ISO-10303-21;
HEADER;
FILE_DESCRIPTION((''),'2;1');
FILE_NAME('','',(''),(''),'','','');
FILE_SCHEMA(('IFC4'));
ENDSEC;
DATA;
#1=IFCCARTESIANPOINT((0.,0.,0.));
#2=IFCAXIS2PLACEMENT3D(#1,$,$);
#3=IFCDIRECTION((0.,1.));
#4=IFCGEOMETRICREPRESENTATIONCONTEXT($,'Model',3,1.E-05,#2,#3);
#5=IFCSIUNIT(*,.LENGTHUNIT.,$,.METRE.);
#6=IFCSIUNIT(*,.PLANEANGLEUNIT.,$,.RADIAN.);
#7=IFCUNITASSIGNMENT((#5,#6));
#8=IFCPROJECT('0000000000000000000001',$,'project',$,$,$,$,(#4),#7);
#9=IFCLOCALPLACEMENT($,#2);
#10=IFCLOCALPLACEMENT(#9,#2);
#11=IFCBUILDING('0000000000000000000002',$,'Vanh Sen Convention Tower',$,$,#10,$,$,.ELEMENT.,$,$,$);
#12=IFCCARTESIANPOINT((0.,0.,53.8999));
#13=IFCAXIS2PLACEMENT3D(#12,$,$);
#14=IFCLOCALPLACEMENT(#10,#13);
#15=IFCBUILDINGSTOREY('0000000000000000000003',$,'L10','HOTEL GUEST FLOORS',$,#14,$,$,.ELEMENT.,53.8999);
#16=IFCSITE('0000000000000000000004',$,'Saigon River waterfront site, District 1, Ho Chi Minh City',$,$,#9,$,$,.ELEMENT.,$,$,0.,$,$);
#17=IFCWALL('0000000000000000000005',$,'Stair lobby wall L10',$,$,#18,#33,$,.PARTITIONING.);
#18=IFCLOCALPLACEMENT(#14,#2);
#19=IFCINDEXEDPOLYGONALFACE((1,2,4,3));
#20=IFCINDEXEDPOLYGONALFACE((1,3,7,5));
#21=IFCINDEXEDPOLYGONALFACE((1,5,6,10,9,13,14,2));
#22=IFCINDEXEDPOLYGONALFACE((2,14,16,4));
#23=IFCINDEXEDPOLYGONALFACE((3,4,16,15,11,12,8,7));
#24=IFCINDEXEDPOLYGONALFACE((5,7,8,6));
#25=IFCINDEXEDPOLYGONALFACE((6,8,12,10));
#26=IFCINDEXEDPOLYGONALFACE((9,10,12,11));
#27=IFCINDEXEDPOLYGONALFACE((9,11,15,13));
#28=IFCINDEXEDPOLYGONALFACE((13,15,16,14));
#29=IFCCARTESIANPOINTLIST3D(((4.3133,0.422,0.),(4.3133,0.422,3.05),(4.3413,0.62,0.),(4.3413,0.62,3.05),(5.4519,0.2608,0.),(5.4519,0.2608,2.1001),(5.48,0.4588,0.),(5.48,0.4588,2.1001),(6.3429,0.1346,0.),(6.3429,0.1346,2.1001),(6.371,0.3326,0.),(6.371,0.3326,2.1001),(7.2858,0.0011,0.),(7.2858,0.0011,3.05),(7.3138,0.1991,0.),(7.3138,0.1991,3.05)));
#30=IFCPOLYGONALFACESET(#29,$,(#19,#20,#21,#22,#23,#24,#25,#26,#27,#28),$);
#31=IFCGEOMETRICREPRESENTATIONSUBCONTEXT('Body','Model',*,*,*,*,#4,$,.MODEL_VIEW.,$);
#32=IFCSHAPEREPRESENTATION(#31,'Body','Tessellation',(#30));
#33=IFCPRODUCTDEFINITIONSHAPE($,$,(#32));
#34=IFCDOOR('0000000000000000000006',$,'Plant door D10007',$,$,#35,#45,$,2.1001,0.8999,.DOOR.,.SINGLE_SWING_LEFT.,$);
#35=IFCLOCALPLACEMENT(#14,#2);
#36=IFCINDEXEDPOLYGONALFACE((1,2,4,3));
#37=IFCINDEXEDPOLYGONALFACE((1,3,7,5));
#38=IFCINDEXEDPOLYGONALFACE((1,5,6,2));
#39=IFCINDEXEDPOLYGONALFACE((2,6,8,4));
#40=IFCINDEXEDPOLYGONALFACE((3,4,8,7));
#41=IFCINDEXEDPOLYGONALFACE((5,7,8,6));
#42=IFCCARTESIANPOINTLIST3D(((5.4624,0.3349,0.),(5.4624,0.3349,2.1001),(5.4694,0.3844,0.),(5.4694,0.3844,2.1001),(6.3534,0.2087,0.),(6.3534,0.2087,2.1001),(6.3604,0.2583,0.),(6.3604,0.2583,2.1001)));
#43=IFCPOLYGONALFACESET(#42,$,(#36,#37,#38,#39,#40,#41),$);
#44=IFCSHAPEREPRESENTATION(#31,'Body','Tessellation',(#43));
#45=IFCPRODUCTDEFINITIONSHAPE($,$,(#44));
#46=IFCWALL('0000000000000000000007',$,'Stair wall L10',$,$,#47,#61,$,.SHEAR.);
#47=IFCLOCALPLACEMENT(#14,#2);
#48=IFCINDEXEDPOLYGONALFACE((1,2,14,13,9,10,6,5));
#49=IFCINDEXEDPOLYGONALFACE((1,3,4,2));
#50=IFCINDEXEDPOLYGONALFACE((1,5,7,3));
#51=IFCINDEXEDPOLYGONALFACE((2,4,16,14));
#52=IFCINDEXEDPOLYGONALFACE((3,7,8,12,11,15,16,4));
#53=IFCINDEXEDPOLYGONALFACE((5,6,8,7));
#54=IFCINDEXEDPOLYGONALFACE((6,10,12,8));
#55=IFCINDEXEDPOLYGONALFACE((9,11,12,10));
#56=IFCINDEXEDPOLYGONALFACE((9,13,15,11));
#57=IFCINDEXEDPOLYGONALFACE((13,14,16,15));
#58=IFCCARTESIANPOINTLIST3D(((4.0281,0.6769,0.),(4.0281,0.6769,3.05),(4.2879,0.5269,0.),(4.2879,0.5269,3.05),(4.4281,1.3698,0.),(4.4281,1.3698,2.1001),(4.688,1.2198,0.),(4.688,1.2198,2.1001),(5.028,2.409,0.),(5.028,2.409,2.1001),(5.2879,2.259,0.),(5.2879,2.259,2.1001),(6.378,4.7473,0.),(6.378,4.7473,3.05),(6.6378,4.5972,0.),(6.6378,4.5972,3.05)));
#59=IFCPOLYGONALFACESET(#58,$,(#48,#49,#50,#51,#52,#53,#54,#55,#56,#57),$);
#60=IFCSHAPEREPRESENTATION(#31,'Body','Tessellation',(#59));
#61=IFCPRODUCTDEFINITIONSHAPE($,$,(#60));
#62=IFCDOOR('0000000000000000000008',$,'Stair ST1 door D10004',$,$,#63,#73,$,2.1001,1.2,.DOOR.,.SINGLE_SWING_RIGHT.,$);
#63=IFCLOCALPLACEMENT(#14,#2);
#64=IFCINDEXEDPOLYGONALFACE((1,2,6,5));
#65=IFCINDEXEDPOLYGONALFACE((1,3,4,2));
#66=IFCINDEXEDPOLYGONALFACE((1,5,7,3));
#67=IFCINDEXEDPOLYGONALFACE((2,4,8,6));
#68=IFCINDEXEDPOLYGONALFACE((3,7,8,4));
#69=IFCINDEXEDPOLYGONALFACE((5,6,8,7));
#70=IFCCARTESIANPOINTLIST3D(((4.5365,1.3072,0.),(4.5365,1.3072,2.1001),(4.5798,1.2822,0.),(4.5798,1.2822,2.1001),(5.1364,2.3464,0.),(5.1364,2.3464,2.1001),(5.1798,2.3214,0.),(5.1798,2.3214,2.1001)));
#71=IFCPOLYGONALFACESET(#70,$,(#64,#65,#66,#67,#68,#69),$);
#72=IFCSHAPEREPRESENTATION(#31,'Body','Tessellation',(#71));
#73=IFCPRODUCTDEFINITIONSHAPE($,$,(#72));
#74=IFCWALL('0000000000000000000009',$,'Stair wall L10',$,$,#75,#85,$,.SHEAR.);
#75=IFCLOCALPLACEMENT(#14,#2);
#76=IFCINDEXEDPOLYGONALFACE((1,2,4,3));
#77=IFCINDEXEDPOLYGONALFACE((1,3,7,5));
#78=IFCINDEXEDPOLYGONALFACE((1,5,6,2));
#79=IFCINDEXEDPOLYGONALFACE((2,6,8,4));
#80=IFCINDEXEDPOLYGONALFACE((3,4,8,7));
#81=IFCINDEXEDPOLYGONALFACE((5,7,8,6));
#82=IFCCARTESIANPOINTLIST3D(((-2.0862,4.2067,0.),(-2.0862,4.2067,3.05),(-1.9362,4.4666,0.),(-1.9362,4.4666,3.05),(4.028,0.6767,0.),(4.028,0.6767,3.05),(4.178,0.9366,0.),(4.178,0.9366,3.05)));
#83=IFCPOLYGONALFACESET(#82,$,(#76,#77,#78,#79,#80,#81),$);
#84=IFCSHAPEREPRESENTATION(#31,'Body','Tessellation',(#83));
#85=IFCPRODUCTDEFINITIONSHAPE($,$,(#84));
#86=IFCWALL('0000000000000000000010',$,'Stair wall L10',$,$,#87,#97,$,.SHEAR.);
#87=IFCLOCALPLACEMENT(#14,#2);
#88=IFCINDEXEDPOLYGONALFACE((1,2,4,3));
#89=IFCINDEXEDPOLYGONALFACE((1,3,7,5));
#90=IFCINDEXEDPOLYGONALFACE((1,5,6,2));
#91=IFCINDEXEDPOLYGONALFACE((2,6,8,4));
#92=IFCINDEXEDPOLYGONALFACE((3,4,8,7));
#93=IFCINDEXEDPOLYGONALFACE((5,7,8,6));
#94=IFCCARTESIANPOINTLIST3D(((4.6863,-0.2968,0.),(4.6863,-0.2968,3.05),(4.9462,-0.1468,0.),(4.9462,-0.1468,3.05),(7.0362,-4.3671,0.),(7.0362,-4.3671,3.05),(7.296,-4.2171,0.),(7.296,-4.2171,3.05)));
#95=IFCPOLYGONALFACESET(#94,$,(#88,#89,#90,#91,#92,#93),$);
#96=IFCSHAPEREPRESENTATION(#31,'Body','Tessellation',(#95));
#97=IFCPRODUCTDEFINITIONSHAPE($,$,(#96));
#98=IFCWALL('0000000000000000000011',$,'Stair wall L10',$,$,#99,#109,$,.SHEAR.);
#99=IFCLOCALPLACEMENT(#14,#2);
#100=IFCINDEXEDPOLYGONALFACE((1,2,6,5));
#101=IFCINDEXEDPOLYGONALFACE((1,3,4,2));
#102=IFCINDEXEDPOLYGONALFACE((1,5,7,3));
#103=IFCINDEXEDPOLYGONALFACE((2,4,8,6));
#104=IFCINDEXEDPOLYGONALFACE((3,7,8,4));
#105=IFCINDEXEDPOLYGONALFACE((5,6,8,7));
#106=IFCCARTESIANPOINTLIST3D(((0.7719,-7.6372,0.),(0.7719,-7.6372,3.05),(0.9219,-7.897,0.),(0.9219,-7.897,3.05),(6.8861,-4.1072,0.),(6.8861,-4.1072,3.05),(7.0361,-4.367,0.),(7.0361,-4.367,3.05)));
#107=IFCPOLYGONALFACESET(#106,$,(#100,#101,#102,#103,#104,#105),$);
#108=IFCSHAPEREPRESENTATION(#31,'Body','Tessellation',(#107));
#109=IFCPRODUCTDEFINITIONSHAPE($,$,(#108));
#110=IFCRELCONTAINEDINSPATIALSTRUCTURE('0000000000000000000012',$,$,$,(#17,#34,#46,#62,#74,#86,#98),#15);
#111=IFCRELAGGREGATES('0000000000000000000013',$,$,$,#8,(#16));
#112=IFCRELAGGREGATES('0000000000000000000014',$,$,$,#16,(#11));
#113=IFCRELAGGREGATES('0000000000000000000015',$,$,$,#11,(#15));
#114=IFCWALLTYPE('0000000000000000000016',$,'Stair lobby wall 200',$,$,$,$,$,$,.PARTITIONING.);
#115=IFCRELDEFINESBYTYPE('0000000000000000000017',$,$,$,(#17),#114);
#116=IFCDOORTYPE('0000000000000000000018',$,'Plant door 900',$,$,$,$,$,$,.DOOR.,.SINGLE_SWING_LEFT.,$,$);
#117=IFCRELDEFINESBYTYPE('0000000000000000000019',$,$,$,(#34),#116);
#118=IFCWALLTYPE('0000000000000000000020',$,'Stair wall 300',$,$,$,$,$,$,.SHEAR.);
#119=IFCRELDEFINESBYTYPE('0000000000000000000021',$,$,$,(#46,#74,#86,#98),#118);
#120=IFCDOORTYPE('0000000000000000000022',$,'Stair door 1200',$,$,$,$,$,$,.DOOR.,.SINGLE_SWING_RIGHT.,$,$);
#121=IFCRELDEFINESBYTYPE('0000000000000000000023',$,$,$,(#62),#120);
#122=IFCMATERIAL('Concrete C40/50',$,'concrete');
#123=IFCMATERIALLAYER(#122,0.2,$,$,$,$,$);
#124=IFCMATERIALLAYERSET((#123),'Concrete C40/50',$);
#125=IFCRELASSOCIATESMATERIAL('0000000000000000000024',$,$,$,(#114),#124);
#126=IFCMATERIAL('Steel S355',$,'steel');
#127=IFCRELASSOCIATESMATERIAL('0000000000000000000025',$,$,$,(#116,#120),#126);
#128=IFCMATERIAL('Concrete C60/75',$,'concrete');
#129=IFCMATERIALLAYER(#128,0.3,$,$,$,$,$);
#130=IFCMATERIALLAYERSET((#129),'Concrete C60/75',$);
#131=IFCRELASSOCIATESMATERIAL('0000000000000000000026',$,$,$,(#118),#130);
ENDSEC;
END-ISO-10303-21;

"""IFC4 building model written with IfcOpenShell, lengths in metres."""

from ifc_helpers import new_model, si_unit, direction, frame, frame_2d, origin, place, context, subcontext, project, spatial, rectangle, extrude, material, layer, layer_set, type_object, element, fill, save


model = new_model("IFC4")

# Units and contexts
model_context = context("Model", 3, precision=1e-05, world=origin(), true_north=direction((0.0, 1.0)))
body_context = subcontext(model_context, "Body", "Model", "MODEL_VIEW")
ifc_project = project(units=[si_unit("LENGTHUNIT", "METRE"), si_unit("PLANEANGLEUNIT", "RADIAN")], contexts=[model_context])

# Site, building, storey
site_placement = place(None, origin())
site = spatial("IfcSite", under=ifc_project, at=site_placement, Name="Saigon River waterfront site, District 1, Ho Chi Minh City", CompositionType="ELEMENT", RefElevation=0.0)
building_placement = place(site_placement, origin())
building = spatial("IfcBuilding", under=site, at=building_placement, Name="Vanh Sen Convention Tower", CompositionType="ELEMENT")
storey_placement = place(building_placement, frame((0.0, 0.0, 53.8999)))
storey = spatial("IfcBuildingStorey", under=building, at=storey_placement, Name="L10", Description="HOTEL GUEST FLOORS", CompositionType="ELEMENT", Elevation=53.8999)

# Shared definitions
ifc_material_1 = material(Name="Steel S355", Category="steel")

# Shared definitions
ifc_material_2 = material(Name="Concrete C40/50", Category="concrete")

# Walls, openings, doors
ifc_layer_1 = layer(ifc_material_2, 0.2)
ifc_layer_set_1 = layer_set([ifc_layer_1], Name="Concrete C40/50")
wall_type_1 = type_object("IfcWallType", Name="Stair lobby wall 200", PredefinedType="PARTITIONING", material=ifc_layer_set_1)
wall_1_placement = place(storey_placement, frame((4.3274, 0.521, 0.0), z_axis=(0.0, 0.0, 1.0), x_axis=(0.990124, -0.140192, 0.0)))
wall_1 = element("IfcWall", 1, at=wall_1_placement, inside=storey, type_object=wall_type_1, Name="Stair lobby wall L10", PredefinedType="PARTITIONING", context=body_context, shape_type="SweptSolid", body=[
    extrude(rectangle(XDim=3.0022, YDim=0.2, at=frame_2d((1.501, 0.0))), origin(), (0.0, 0.0, 1.0), 3.05),
])
opening_1_placement = place(wall_1_placement, frame((1.1499, 0.0, 0.0)))
opening_1 = element("IfcOpeningElement", 2, at=opening_1_placement, cuts=wall_1, PredefinedType="OPENING", context=body_context, shape_type="SweptSolid", body=[
    extrude(rectangle(XDim=0.8999, YDim=2.1001, at=frame_2d((0.45, 1.05))), frame((0.0, 0.1099, 0.0), z_axis=(0.0, -1.0, 0.0), x_axis=(1.0, 0.0, 0.0)), (0.0, 0.0, 1.0), 0.22),
])
door_type_1 = type_object("IfcDoorType", Name="Plant door 900", OperationType="SINGLE_SWING_LEFT", PredefinedType="DOOR", material=ifc_material_1)
door_1_placement = place(opening_1_placement, origin())
door_1 = element("IfcDoor", 3, at=door_1_placement, inside=storey, type_object=door_type_1, Name="Plant door D10007", OperationType="SINGLE_SWING_LEFT", OverallHeight=2.1001, OverallWidth=0.8999, PredefinedType="DOOR", context=body_context, shape_type="SweptSolid", body=[
    extrude(rectangle(XDim=0.8999, YDim=2.1001, at=frame_2d((0.45, 1.05))), frame((0.0, 0.0249, 0.0), z_axis=(0.0, -1.0, 0.0), x_axis=(1.0, 0.0, 0.0)), (0.0, 0.0, 1.0), 0.05),
])
fill(opening_1, door_1)
ifc_material_3 = material(Name="Concrete C60/75", Category="concrete")
ifc_layer_2 = layer(ifc_material_3, 0.3)
ifc_layer_set_2 = layer_set([ifc_layer_2], Name="Concrete C60/75")
wall_type_2 = type_object("IfcWallType", Name="Stair wall 300", PredefinedType="SHEAR", material=ifc_layer_set_2)
wall_2_placement = place(storey_placement, frame((4.158, 0.6018, 0.0), z_axis=(0.0, 0.0, 1.0), x_axis=(0.499977, 0.866039, 0.0)))
wall_2 = element("IfcWall", 4, at=wall_2_placement, inside=storey, type_object=wall_type_2, Name="Stair wall L10", PredefinedType="SHEAR", context=body_context, shape_type="SweptSolid", body=[
    extrude(rectangle(XDim=4.7, YDim=0.3, at=frame_2d((2.3501, 0.0))), origin(), (0.0, 0.0, 1.0), 3.05),
])
opening_2_placement = place(wall_2_placement, frame((0.8, 0.0, 0.0)))
opening_2 = element("IfcOpeningElement", 5, at=opening_2_placement, cuts=wall_2, PredefinedType="OPENING", context=body_context, shape_type="SweptSolid", body=[
    extrude(rectangle(XDim=1.2, YDim=2.1001, at=frame_2d((0.6001, 1.05))), frame((0.0, 0.1599, 0.0), z_axis=(0.0, -1.0, 0.0), x_axis=(1.0, 0.0, 0.0)), (0.0, 0.0, 1.0), 0.3201),
])
door_type_2 = type_object("IfcDoorType", Name="Stair door 1200", OperationType="SINGLE_SWING_RIGHT", PredefinedType="DOOR", material=ifc_material_1)
door_2_placement = place(opening_2_placement, origin())
door_2 = element("IfcDoor", 6, at=door_2_placement, inside=storey, type_object=door_type_2, Name="Stair ST1 door D10004", OperationType="SINGLE_SWING_RIGHT", OverallHeight=2.1001, OverallWidth=1.2, PredefinedType="DOOR", context=body_context, shape_type="SweptSolid", body=[
    extrude(rectangle(XDim=1.2, YDim=2.1001, at=frame_2d((0.6001, 1.05))), frame((0.0, 0.0249, 0.0), z_axis=(0.0, -1.0, 0.0), x_axis=(1.0, 0.0, 0.0)), (0.0, 0.0, 1.0), 0.05),
])
fill(opening_2, door_2)

# Walls
wall_3_placement = place(storey_placement, frame((4.103, 0.8066, 0.0), z_axis=(0.0, 0.0, 1.0), x_axis=(-0.866028, 0.499996, 0.0)))
element("IfcWall", 7, at=wall_3_placement, inside=storey, type_object=wall_type_2, Name="Stair wall L10", PredefinedType="SHEAR", context=body_context, shape_type="SweptSolid", body=[
    extrude(rectangle(XDim=7.0601, YDim=0.3, at=frame_2d((3.53, 0.0))), origin(), (0.0, 0.0, 1.0), 3.05),
])
wall_4_placement = place(storey_placement, frame((4.8162, -0.2217, 0.0), z_axis=(0.0, 0.0, 1.0), x_axis=(0.499977, -0.866039, 0.0)))
element("IfcWall", 8, at=wall_4_placement, inside=storey, type_object=wall_type_2, Name="Stair wall L10", PredefinedType="SHEAR", context=body_context, shape_type="SweptSolid", body=[
    extrude(rectangle(XDim=4.7, YDim=0.3, at=frame_2d((2.3501, 0.0))), origin(), (0.0, 0.0, 1.0), 3.05),
])
wall_5_placement = place(storey_placement, frame((0.8469, -7.7671, 0.0), z_axis=(0.0, 0.0, 1.0), x_axis=(0.866028, 0.499996, 0.0)))
element("IfcWall", 9, at=wall_5_placement, inside=storey, type_object=wall_type_2, Name="Stair wall L10", PredefinedType="SHEAR", context=body_context, shape_type="SweptSolid", body=[
    extrude(rectangle(XDim=7.0601, YDim=0.3, at=frame_2d((3.53, 0.0))), origin(), (0.0, 0.0, 1.0), 3.05),
])

save(model, "model.ifc")
